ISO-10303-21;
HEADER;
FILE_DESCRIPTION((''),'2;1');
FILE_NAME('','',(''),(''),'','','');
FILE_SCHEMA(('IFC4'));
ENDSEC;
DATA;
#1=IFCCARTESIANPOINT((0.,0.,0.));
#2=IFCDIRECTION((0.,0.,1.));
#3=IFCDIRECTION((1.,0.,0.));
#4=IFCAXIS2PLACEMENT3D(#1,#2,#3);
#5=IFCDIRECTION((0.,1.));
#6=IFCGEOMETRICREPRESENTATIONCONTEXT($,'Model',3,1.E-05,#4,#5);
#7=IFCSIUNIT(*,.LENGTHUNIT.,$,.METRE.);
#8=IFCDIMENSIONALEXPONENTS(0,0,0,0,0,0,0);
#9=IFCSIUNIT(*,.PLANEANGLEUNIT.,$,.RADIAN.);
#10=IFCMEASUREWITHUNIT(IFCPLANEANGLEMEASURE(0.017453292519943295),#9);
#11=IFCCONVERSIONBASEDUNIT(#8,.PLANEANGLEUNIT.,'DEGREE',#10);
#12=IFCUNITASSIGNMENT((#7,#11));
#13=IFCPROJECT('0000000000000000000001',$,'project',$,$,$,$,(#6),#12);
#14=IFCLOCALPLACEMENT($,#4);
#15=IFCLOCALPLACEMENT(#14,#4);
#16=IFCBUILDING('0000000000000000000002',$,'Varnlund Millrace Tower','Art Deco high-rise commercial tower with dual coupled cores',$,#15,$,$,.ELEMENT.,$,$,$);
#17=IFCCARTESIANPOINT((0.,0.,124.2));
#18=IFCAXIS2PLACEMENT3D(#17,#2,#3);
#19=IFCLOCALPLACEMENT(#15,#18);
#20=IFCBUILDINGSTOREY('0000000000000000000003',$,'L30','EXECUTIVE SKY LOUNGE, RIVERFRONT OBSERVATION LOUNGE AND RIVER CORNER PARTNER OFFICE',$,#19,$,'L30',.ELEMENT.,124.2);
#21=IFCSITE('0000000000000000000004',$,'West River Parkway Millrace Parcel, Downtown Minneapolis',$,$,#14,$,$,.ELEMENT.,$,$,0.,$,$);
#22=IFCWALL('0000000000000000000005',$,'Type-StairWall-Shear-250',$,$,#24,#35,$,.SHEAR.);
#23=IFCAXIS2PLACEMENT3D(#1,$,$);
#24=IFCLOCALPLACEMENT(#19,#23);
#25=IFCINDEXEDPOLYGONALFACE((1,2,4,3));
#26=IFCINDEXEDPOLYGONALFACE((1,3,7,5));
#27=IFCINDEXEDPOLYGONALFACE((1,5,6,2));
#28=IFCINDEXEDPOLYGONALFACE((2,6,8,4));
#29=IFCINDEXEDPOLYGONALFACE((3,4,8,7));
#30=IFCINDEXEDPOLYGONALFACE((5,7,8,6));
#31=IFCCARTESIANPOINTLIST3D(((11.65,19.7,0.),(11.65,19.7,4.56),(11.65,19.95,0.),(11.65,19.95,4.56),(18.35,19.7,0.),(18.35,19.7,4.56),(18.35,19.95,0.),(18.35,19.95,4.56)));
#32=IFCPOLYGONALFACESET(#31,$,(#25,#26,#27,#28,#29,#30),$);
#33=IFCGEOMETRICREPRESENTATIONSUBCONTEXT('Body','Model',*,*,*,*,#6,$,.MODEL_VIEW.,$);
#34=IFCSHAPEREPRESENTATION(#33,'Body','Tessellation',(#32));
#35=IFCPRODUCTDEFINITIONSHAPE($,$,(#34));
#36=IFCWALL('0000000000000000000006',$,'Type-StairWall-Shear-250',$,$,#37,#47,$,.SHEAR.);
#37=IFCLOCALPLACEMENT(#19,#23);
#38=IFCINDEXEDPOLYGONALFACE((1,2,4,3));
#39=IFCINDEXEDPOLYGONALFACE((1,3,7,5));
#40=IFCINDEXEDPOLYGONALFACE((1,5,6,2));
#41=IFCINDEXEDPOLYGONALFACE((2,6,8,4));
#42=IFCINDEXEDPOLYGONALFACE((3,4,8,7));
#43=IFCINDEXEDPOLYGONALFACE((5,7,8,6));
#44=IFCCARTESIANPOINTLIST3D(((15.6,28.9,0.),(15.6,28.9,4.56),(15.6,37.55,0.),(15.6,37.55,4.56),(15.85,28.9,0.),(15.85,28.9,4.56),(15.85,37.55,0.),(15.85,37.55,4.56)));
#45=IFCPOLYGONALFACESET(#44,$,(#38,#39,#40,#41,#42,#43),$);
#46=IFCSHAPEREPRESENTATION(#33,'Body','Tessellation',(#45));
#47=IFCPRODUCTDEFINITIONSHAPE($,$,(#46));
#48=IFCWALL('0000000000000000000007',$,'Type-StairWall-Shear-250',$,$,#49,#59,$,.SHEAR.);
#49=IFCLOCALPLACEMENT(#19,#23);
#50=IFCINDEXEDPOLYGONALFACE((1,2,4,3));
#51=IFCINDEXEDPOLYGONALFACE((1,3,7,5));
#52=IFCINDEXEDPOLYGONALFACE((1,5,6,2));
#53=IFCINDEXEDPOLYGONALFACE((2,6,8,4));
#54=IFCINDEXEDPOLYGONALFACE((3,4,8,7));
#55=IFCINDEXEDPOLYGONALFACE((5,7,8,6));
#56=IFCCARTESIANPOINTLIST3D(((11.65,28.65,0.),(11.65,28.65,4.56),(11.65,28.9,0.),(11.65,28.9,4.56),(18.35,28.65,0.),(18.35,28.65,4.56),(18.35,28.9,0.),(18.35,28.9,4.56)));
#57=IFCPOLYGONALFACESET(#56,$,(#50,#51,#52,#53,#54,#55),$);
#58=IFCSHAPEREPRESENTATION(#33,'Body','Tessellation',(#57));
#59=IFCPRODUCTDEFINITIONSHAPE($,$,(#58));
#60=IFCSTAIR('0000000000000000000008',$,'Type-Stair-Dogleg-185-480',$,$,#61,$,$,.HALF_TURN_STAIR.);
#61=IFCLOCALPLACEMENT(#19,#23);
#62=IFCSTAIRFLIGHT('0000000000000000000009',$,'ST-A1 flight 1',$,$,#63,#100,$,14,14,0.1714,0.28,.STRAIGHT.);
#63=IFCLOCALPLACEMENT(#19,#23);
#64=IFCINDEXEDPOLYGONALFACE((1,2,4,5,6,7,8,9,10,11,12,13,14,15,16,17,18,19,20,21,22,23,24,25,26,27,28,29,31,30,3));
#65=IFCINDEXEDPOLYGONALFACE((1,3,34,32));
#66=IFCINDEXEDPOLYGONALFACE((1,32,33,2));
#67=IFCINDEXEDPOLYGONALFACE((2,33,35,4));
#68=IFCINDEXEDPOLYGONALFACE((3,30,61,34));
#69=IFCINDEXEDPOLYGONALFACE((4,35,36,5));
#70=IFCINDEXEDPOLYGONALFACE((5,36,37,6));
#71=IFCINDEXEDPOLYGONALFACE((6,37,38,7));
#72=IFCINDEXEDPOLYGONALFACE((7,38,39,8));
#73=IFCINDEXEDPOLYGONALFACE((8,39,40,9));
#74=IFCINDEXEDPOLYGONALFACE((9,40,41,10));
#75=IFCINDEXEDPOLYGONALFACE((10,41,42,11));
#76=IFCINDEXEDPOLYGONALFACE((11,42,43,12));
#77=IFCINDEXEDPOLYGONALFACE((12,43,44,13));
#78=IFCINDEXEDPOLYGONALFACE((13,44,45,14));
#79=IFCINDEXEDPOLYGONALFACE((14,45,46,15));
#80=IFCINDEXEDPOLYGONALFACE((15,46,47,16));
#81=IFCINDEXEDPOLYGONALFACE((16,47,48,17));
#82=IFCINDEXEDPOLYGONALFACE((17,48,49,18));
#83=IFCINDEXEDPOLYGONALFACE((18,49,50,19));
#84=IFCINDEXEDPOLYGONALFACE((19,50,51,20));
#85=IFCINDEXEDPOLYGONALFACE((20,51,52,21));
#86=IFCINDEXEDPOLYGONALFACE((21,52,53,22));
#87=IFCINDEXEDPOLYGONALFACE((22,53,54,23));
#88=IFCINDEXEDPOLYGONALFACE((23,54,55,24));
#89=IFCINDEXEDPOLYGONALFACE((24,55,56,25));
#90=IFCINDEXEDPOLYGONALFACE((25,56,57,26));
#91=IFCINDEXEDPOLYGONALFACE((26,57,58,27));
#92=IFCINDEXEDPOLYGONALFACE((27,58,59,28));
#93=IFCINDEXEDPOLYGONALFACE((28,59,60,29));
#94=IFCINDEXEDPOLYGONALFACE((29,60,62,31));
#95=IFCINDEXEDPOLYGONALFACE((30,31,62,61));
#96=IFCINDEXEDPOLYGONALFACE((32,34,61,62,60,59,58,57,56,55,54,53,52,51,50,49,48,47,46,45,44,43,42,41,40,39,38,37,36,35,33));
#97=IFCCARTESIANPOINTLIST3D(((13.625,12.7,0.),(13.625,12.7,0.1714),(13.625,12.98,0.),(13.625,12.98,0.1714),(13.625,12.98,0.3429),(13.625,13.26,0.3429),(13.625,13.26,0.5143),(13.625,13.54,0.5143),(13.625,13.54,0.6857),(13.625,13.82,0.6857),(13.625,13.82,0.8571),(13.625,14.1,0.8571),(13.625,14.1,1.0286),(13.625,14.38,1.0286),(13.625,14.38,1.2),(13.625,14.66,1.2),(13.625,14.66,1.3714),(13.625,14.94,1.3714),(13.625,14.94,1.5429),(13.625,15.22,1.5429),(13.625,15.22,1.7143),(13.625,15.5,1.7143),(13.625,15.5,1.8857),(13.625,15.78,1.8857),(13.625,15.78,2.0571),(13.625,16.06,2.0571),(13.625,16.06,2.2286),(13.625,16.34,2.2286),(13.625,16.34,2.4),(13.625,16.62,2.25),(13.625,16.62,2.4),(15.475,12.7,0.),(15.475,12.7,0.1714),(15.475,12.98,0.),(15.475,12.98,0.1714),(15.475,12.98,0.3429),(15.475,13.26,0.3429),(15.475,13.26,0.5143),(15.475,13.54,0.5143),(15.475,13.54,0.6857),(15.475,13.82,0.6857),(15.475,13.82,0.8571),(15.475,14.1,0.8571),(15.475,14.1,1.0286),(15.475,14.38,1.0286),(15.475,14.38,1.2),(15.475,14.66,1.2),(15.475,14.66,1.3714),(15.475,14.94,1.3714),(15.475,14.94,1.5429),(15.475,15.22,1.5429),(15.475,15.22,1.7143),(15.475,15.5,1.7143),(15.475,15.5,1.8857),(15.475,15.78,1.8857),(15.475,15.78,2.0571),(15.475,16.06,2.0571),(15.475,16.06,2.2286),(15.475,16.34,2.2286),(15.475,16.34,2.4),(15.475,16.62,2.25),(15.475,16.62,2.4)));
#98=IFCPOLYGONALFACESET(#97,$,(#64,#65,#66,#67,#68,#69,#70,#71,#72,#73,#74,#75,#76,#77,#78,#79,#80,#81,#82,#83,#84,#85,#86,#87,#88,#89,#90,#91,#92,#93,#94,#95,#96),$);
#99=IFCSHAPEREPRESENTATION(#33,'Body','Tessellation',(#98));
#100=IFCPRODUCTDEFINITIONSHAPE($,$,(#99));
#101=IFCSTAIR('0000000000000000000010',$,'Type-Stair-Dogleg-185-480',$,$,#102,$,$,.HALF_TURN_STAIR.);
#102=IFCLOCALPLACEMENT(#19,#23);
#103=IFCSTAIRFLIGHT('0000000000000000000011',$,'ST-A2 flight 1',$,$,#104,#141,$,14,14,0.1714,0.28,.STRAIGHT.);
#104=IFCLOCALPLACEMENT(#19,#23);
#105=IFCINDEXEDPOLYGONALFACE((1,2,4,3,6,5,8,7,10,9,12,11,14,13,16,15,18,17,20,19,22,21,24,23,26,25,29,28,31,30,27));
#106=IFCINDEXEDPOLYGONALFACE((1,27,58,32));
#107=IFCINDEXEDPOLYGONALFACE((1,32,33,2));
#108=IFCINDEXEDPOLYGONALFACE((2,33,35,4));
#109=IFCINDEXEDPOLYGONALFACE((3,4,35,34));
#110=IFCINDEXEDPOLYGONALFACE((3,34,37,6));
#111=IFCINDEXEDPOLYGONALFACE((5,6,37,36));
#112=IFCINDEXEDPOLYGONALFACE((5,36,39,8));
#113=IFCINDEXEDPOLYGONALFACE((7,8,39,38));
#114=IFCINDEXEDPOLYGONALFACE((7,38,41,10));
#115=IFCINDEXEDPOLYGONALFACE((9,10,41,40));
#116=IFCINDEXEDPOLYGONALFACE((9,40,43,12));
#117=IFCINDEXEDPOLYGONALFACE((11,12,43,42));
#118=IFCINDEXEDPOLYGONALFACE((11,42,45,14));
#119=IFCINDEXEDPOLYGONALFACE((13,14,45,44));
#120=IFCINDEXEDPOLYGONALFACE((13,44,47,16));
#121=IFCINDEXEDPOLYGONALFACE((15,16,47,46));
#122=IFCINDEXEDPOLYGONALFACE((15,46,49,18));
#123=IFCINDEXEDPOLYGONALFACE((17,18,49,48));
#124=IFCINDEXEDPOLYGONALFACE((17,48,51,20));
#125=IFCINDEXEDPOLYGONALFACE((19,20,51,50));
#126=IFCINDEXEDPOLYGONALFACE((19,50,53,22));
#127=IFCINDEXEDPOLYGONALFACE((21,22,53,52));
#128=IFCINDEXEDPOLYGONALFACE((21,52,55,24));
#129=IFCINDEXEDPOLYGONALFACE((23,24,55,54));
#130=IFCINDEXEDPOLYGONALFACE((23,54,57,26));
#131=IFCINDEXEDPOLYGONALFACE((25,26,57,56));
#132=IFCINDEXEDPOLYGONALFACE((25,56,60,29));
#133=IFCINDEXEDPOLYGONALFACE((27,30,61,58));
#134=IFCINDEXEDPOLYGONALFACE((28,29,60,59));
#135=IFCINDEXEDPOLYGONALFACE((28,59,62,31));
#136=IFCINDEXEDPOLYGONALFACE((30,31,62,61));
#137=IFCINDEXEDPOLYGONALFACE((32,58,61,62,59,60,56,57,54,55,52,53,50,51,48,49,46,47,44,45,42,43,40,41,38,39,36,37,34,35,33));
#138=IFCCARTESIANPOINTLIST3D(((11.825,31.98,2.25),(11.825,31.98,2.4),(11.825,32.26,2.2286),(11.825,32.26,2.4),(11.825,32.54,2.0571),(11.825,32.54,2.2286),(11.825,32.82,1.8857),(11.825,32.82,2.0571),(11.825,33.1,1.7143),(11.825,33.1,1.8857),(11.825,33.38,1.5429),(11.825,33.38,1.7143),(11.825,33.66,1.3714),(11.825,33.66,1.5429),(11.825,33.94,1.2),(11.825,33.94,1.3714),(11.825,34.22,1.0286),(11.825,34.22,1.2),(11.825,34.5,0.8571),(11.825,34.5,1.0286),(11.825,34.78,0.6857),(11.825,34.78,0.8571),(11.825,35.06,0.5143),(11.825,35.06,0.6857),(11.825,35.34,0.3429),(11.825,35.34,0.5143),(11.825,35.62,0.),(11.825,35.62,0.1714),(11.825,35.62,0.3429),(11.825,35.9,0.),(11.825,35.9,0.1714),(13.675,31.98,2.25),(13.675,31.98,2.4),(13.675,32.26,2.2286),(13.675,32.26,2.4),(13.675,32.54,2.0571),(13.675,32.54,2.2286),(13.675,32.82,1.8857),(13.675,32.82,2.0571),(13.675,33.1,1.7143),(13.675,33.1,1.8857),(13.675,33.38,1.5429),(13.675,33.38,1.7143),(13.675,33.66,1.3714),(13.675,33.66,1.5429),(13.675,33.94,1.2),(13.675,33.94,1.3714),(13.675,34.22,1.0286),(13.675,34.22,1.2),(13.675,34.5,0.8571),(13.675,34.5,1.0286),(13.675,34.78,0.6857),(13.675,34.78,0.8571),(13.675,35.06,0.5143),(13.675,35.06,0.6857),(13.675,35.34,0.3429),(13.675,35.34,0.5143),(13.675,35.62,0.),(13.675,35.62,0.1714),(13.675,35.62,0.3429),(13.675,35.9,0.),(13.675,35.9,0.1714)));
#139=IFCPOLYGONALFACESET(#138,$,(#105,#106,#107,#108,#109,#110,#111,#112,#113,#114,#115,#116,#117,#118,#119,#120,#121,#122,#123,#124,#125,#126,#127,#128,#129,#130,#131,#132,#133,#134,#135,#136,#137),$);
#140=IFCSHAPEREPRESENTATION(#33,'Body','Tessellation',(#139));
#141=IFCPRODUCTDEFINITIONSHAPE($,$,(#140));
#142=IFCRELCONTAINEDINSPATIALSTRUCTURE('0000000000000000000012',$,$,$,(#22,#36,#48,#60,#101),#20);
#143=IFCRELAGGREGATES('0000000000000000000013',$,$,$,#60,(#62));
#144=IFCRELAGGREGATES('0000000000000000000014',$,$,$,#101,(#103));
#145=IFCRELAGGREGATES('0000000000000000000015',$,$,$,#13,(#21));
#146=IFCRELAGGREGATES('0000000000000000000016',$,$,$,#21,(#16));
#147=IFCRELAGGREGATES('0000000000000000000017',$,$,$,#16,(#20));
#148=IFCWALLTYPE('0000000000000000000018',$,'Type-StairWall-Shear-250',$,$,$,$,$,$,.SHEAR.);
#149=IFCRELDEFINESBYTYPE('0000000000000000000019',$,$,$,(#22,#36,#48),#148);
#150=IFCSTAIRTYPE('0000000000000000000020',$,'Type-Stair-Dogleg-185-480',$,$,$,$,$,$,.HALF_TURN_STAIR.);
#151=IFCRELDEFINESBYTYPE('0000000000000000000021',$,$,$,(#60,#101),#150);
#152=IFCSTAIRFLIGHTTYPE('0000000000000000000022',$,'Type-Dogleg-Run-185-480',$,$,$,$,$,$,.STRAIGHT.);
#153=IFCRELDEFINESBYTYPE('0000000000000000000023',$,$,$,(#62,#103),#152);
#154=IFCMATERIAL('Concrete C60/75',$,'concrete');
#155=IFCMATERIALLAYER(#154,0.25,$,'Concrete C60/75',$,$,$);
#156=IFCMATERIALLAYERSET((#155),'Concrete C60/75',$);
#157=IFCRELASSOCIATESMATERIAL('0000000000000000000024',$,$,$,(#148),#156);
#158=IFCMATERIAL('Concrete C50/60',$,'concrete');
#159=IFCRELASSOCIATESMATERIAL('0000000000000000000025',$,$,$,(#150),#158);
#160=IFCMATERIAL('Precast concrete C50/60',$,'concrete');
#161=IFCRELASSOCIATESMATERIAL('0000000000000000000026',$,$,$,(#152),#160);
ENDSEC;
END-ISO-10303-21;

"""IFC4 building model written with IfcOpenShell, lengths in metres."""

from ifc_helpers import new_model, entity, si_unit, converted_unit, direction, frame, origin_with_axes, place, context, subcontext, project, spatial, polyline, outline, extrude, material, layer, layer_set, type_object, element, aggregate, save


model = new_model("IFC4")

# Units and contexts
model_context = context("Model", 3, precision=1e-05, world=origin_with_axes(), true_north=direction((0.0, 1.0)))
body_context = subcontext(model_context, "Body", "Model", "MODEL_VIEW")
ifc_project = project(units=[si_unit("LENGTHUNIT", "METRE"), converted_unit("PLANEANGLEUNIT", "DEGREE", entity("IfcPlaneAngleMeasure", 0.017453292519943295), si_unit("PLANEANGLEUNIT", "RADIAN"), dimensions=[0, 0, 0, 0, 0, 0, 0])], contexts=[model_context])

# Site, building, storey
site_placement = place(None, origin_with_axes())
site = spatial("IfcSite", under=ifc_project, at=site_placement, Name="West River Parkway Millrace Parcel, Downtown Minneapolis", CompositionType="ELEMENT", RefElevation=0.0)
building_placement = place(site_placement, origin_with_axes())
building = spatial("IfcBuilding", under=site, at=building_placement, Name="Varnlund Millrace Tower", Description="Art Deco high-rise commercial tower with dual coupled cores", CompositionType="ELEMENT")
storey_placement = place(building_placement, frame((0.0, 0.0, 124.2), z_axis=(0.0, 0.0, 1.0), x_axis=(1.0, 0.0, 0.0)))
storey = spatial("IfcBuildingStorey", under=building, at=storey_placement, Name="L30", Description="EXECUTIVE SKY LOUNGE, RIVERFRONT OBSERVATION LOUNGE AND RIVER CORNER PARTNER OFFICE", LongName="L30", CompositionType="ELEMENT", Elevation=124.2)

# Shared definitions
ifc_material_1 = material(Name="Concrete C60/75", Category="concrete")
ifc_layer = layer(ifc_material_1, 0.25, Name="Concrete C60/75")
ifc_layer_set = layer_set([ifc_layer], Name="Concrete C60/75")

# Walls
wall_type_1 = type_object("IfcWallType", Name="Type-StairWall-Shear-250", PredefinedType="SHEAR", material=ifc_layer_set)
wall_1_placement = place(storey_placement, frame((11.65, 19.825, 0.0), z_axis=(0.0, 0.0, 1.0), x_axis=(1.0, 0.0, 0.0)))
element("IfcWall", 1, at=wall_1_placement, inside=storey, type_object=wall_type_1, Name="Type-StairWall-Shear-250", PredefinedType="SHEAR", context=body_context, shape_type="SweptSolid", body=[
    extrude(outline(polyline([(0.0, -0.125), (6.7, -0.125), (6.7, 0.125), (0.0, 0.125), (0.0, -0.125)])), origin_with_axes(), (0.0, 0.0, 1.0), 4.56),
])
wall_2_placement = place(storey_placement, frame((15.725, 28.9, 0.0), z_axis=(0.0, 0.0, 1.0), x_axis=(0.0, 1.0, 0.0)))
element("IfcWall", 2, at=wall_2_placement, inside=storey, type_object=wall_type_1, Name="Type-StairWall-Shear-250", PredefinedType="SHEAR", context=body_context, shape_type="SweptSolid", body=[
    extrude(outline(polyline([(0.0, -0.125), (8.65, -0.125), (8.65, 0.125), (0.0, 0.125), (0.0, -0.125)])), origin_with_axes(), (0.0, 0.0, 1.0), 4.56),
])
wall_3_placement = place(storey_placement, frame((11.65, 28.775, 0.0), z_axis=(0.0, 0.0, 1.0), x_axis=(1.0, 0.0, 0.0)))
element("IfcWall", 3, at=wall_3_placement, inside=storey, type_object=wall_type_1, Name="Type-StairWall-Shear-250", PredefinedType="SHEAR", context=body_context, shape_type="SweptSolid", body=[
    extrude(outline(polyline([(0.0, -0.125), (6.7, -0.125), (6.7, 0.125), (0.0, 0.125), (0.0, -0.125)])), origin_with_axes(), (0.0, 0.0, 1.0), 4.56),
])

# Stairs, stair flights
ifc_material_2 = material(Name="Concrete C50/60", Category="concrete")
stair_type = type_object("IfcStairType", Name="Type-Stair-Dogleg-185-480", PredefinedType="HALF_TURN_STAIR", material=ifc_material_2)
stair_1_placement = place(storey_placement, origin_with_axes())
stair_1 = element("IfcStair", 4, at=stair_1_placement, inside=storey, type_object=stair_type, Name="Type-Stair-Dogleg-185-480", PredefinedType="HALF_TURN_STAIR")
ifc_material_3 = material(Name="Precast concrete C50/60", Category="concrete")
stair_flight_type = type_object("IfcStairFlightType", Name="Type-Dogleg-Run-185-480", PredefinedType="STRAIGHT", material=ifc_material_3)
stair_flight_1_placement = place(storey_placement, frame((13.625, 12.7, 0.0), z_axis=(1.0, 0.0, 0.0), x_axis=(0.0, 1.0, 0.0)))
stair_flight_1 = element("IfcStairFlight", 5, at=stair_flight_1_placement, type_object=stair_flight_type, Name="ST-A1 flight 1", NumberOfRisers=14, NumberOfTreads=14, PredefinedType="STRAIGHT", RiserHeight=0.1714, TreadLength=0.28, context=body_context, shape_type="SweptSolid", body=[
    extrude(outline(polyline([(0.0, 0.0), (0.0, 0.1714), (0.28, 0.1714), (0.28, 0.3429), (0.56, 0.3429), (0.56, 0.5143), (0.84, 0.5143), (0.84, 0.6857), (1.12, 0.6857), (1.12, 0.8571), (1.4, 0.8571), (1.4, 1.0286), (1.68, 1.0286), (1.68, 1.2), (1.96, 1.2), (1.96, 1.3714), (2.24, 1.3714), (2.24, 1.5429), (2.52, 1.5429), (2.52, 1.7143), (2.8, 1.7143), (2.8, 1.8857), (3.08, 1.8857), (3.08, 2.0571), (3.36, 2.0571), (3.36, 2.2286), (3.64, 2.2286), (3.64, 2.4), (3.92, 2.4), (3.92, 2.25), (0.28, 0.0), (0.0, 0.0)])), origin_with_axes(), (0.0, 0.0, 1.0), 1.85),
])
aggregate(stair_1, [stair_flight_1])
stair_2_placement = place(storey_placement, origin_with_axes())
stair_2 = element("IfcStair", 6, at=stair_2_placement, inside=storey, type_object=stair_type, Name="Type-Stair-Dogleg-185-480", PredefinedType="HALF_TURN_STAIR")
stair_flight_2_placement = place(storey_placement, frame((13.675, 35.9, 0.0), z_axis=(-1.0, 0.0, 0.0), x_axis=(0.0, -1.0, 0.0)))
stair_flight_2 = element("IfcStairFlight", 7, at=stair_flight_2_placement, type_object=stair_flight_type, Name="ST-A2 flight 1", NumberOfRisers=14, NumberOfTreads=14, PredefinedType="STRAIGHT", RiserHeight=0.1714, TreadLength=0.28, context=body_context, shape_type="SweptSolid", body=[
    extrude(outline(polyline([(0.0, 0.0), (0.0, 0.1714), (0.28, 0.1714), (0.28, 0.3429), (0.56, 0.3429), (0.56, 0.5143), (0.84, 0.5143), (0.84, 0.6857), (1.12, 0.6857), (1.12, 0.8571), (1.4, 0.8571), (1.4, 1.0286), (1.68, 1.0286), (1.68, 1.2), (1.96, 1.2), (1.96, 1.3714), (2.24, 1.3714), (2.24, 1.5429), (2.52, 1.5429), (2.52, 1.7143), (2.8, 1.7143), (2.8, 1.8857), (3.08, 1.8857), (3.08, 2.0571), (3.36, 2.0571), (3.36, 2.2286), (3.64, 2.2286), (3.64, 2.4), (3.92, 2.4), (3.92, 2.25), (0.28, 0.0), (0.0, 0.0)])), origin_with_axes(), (0.0, 0.0, 1.0), 1.85),
])
aggregate(stair_2, [stair_flight_2])

save(model, "model.ifc")
